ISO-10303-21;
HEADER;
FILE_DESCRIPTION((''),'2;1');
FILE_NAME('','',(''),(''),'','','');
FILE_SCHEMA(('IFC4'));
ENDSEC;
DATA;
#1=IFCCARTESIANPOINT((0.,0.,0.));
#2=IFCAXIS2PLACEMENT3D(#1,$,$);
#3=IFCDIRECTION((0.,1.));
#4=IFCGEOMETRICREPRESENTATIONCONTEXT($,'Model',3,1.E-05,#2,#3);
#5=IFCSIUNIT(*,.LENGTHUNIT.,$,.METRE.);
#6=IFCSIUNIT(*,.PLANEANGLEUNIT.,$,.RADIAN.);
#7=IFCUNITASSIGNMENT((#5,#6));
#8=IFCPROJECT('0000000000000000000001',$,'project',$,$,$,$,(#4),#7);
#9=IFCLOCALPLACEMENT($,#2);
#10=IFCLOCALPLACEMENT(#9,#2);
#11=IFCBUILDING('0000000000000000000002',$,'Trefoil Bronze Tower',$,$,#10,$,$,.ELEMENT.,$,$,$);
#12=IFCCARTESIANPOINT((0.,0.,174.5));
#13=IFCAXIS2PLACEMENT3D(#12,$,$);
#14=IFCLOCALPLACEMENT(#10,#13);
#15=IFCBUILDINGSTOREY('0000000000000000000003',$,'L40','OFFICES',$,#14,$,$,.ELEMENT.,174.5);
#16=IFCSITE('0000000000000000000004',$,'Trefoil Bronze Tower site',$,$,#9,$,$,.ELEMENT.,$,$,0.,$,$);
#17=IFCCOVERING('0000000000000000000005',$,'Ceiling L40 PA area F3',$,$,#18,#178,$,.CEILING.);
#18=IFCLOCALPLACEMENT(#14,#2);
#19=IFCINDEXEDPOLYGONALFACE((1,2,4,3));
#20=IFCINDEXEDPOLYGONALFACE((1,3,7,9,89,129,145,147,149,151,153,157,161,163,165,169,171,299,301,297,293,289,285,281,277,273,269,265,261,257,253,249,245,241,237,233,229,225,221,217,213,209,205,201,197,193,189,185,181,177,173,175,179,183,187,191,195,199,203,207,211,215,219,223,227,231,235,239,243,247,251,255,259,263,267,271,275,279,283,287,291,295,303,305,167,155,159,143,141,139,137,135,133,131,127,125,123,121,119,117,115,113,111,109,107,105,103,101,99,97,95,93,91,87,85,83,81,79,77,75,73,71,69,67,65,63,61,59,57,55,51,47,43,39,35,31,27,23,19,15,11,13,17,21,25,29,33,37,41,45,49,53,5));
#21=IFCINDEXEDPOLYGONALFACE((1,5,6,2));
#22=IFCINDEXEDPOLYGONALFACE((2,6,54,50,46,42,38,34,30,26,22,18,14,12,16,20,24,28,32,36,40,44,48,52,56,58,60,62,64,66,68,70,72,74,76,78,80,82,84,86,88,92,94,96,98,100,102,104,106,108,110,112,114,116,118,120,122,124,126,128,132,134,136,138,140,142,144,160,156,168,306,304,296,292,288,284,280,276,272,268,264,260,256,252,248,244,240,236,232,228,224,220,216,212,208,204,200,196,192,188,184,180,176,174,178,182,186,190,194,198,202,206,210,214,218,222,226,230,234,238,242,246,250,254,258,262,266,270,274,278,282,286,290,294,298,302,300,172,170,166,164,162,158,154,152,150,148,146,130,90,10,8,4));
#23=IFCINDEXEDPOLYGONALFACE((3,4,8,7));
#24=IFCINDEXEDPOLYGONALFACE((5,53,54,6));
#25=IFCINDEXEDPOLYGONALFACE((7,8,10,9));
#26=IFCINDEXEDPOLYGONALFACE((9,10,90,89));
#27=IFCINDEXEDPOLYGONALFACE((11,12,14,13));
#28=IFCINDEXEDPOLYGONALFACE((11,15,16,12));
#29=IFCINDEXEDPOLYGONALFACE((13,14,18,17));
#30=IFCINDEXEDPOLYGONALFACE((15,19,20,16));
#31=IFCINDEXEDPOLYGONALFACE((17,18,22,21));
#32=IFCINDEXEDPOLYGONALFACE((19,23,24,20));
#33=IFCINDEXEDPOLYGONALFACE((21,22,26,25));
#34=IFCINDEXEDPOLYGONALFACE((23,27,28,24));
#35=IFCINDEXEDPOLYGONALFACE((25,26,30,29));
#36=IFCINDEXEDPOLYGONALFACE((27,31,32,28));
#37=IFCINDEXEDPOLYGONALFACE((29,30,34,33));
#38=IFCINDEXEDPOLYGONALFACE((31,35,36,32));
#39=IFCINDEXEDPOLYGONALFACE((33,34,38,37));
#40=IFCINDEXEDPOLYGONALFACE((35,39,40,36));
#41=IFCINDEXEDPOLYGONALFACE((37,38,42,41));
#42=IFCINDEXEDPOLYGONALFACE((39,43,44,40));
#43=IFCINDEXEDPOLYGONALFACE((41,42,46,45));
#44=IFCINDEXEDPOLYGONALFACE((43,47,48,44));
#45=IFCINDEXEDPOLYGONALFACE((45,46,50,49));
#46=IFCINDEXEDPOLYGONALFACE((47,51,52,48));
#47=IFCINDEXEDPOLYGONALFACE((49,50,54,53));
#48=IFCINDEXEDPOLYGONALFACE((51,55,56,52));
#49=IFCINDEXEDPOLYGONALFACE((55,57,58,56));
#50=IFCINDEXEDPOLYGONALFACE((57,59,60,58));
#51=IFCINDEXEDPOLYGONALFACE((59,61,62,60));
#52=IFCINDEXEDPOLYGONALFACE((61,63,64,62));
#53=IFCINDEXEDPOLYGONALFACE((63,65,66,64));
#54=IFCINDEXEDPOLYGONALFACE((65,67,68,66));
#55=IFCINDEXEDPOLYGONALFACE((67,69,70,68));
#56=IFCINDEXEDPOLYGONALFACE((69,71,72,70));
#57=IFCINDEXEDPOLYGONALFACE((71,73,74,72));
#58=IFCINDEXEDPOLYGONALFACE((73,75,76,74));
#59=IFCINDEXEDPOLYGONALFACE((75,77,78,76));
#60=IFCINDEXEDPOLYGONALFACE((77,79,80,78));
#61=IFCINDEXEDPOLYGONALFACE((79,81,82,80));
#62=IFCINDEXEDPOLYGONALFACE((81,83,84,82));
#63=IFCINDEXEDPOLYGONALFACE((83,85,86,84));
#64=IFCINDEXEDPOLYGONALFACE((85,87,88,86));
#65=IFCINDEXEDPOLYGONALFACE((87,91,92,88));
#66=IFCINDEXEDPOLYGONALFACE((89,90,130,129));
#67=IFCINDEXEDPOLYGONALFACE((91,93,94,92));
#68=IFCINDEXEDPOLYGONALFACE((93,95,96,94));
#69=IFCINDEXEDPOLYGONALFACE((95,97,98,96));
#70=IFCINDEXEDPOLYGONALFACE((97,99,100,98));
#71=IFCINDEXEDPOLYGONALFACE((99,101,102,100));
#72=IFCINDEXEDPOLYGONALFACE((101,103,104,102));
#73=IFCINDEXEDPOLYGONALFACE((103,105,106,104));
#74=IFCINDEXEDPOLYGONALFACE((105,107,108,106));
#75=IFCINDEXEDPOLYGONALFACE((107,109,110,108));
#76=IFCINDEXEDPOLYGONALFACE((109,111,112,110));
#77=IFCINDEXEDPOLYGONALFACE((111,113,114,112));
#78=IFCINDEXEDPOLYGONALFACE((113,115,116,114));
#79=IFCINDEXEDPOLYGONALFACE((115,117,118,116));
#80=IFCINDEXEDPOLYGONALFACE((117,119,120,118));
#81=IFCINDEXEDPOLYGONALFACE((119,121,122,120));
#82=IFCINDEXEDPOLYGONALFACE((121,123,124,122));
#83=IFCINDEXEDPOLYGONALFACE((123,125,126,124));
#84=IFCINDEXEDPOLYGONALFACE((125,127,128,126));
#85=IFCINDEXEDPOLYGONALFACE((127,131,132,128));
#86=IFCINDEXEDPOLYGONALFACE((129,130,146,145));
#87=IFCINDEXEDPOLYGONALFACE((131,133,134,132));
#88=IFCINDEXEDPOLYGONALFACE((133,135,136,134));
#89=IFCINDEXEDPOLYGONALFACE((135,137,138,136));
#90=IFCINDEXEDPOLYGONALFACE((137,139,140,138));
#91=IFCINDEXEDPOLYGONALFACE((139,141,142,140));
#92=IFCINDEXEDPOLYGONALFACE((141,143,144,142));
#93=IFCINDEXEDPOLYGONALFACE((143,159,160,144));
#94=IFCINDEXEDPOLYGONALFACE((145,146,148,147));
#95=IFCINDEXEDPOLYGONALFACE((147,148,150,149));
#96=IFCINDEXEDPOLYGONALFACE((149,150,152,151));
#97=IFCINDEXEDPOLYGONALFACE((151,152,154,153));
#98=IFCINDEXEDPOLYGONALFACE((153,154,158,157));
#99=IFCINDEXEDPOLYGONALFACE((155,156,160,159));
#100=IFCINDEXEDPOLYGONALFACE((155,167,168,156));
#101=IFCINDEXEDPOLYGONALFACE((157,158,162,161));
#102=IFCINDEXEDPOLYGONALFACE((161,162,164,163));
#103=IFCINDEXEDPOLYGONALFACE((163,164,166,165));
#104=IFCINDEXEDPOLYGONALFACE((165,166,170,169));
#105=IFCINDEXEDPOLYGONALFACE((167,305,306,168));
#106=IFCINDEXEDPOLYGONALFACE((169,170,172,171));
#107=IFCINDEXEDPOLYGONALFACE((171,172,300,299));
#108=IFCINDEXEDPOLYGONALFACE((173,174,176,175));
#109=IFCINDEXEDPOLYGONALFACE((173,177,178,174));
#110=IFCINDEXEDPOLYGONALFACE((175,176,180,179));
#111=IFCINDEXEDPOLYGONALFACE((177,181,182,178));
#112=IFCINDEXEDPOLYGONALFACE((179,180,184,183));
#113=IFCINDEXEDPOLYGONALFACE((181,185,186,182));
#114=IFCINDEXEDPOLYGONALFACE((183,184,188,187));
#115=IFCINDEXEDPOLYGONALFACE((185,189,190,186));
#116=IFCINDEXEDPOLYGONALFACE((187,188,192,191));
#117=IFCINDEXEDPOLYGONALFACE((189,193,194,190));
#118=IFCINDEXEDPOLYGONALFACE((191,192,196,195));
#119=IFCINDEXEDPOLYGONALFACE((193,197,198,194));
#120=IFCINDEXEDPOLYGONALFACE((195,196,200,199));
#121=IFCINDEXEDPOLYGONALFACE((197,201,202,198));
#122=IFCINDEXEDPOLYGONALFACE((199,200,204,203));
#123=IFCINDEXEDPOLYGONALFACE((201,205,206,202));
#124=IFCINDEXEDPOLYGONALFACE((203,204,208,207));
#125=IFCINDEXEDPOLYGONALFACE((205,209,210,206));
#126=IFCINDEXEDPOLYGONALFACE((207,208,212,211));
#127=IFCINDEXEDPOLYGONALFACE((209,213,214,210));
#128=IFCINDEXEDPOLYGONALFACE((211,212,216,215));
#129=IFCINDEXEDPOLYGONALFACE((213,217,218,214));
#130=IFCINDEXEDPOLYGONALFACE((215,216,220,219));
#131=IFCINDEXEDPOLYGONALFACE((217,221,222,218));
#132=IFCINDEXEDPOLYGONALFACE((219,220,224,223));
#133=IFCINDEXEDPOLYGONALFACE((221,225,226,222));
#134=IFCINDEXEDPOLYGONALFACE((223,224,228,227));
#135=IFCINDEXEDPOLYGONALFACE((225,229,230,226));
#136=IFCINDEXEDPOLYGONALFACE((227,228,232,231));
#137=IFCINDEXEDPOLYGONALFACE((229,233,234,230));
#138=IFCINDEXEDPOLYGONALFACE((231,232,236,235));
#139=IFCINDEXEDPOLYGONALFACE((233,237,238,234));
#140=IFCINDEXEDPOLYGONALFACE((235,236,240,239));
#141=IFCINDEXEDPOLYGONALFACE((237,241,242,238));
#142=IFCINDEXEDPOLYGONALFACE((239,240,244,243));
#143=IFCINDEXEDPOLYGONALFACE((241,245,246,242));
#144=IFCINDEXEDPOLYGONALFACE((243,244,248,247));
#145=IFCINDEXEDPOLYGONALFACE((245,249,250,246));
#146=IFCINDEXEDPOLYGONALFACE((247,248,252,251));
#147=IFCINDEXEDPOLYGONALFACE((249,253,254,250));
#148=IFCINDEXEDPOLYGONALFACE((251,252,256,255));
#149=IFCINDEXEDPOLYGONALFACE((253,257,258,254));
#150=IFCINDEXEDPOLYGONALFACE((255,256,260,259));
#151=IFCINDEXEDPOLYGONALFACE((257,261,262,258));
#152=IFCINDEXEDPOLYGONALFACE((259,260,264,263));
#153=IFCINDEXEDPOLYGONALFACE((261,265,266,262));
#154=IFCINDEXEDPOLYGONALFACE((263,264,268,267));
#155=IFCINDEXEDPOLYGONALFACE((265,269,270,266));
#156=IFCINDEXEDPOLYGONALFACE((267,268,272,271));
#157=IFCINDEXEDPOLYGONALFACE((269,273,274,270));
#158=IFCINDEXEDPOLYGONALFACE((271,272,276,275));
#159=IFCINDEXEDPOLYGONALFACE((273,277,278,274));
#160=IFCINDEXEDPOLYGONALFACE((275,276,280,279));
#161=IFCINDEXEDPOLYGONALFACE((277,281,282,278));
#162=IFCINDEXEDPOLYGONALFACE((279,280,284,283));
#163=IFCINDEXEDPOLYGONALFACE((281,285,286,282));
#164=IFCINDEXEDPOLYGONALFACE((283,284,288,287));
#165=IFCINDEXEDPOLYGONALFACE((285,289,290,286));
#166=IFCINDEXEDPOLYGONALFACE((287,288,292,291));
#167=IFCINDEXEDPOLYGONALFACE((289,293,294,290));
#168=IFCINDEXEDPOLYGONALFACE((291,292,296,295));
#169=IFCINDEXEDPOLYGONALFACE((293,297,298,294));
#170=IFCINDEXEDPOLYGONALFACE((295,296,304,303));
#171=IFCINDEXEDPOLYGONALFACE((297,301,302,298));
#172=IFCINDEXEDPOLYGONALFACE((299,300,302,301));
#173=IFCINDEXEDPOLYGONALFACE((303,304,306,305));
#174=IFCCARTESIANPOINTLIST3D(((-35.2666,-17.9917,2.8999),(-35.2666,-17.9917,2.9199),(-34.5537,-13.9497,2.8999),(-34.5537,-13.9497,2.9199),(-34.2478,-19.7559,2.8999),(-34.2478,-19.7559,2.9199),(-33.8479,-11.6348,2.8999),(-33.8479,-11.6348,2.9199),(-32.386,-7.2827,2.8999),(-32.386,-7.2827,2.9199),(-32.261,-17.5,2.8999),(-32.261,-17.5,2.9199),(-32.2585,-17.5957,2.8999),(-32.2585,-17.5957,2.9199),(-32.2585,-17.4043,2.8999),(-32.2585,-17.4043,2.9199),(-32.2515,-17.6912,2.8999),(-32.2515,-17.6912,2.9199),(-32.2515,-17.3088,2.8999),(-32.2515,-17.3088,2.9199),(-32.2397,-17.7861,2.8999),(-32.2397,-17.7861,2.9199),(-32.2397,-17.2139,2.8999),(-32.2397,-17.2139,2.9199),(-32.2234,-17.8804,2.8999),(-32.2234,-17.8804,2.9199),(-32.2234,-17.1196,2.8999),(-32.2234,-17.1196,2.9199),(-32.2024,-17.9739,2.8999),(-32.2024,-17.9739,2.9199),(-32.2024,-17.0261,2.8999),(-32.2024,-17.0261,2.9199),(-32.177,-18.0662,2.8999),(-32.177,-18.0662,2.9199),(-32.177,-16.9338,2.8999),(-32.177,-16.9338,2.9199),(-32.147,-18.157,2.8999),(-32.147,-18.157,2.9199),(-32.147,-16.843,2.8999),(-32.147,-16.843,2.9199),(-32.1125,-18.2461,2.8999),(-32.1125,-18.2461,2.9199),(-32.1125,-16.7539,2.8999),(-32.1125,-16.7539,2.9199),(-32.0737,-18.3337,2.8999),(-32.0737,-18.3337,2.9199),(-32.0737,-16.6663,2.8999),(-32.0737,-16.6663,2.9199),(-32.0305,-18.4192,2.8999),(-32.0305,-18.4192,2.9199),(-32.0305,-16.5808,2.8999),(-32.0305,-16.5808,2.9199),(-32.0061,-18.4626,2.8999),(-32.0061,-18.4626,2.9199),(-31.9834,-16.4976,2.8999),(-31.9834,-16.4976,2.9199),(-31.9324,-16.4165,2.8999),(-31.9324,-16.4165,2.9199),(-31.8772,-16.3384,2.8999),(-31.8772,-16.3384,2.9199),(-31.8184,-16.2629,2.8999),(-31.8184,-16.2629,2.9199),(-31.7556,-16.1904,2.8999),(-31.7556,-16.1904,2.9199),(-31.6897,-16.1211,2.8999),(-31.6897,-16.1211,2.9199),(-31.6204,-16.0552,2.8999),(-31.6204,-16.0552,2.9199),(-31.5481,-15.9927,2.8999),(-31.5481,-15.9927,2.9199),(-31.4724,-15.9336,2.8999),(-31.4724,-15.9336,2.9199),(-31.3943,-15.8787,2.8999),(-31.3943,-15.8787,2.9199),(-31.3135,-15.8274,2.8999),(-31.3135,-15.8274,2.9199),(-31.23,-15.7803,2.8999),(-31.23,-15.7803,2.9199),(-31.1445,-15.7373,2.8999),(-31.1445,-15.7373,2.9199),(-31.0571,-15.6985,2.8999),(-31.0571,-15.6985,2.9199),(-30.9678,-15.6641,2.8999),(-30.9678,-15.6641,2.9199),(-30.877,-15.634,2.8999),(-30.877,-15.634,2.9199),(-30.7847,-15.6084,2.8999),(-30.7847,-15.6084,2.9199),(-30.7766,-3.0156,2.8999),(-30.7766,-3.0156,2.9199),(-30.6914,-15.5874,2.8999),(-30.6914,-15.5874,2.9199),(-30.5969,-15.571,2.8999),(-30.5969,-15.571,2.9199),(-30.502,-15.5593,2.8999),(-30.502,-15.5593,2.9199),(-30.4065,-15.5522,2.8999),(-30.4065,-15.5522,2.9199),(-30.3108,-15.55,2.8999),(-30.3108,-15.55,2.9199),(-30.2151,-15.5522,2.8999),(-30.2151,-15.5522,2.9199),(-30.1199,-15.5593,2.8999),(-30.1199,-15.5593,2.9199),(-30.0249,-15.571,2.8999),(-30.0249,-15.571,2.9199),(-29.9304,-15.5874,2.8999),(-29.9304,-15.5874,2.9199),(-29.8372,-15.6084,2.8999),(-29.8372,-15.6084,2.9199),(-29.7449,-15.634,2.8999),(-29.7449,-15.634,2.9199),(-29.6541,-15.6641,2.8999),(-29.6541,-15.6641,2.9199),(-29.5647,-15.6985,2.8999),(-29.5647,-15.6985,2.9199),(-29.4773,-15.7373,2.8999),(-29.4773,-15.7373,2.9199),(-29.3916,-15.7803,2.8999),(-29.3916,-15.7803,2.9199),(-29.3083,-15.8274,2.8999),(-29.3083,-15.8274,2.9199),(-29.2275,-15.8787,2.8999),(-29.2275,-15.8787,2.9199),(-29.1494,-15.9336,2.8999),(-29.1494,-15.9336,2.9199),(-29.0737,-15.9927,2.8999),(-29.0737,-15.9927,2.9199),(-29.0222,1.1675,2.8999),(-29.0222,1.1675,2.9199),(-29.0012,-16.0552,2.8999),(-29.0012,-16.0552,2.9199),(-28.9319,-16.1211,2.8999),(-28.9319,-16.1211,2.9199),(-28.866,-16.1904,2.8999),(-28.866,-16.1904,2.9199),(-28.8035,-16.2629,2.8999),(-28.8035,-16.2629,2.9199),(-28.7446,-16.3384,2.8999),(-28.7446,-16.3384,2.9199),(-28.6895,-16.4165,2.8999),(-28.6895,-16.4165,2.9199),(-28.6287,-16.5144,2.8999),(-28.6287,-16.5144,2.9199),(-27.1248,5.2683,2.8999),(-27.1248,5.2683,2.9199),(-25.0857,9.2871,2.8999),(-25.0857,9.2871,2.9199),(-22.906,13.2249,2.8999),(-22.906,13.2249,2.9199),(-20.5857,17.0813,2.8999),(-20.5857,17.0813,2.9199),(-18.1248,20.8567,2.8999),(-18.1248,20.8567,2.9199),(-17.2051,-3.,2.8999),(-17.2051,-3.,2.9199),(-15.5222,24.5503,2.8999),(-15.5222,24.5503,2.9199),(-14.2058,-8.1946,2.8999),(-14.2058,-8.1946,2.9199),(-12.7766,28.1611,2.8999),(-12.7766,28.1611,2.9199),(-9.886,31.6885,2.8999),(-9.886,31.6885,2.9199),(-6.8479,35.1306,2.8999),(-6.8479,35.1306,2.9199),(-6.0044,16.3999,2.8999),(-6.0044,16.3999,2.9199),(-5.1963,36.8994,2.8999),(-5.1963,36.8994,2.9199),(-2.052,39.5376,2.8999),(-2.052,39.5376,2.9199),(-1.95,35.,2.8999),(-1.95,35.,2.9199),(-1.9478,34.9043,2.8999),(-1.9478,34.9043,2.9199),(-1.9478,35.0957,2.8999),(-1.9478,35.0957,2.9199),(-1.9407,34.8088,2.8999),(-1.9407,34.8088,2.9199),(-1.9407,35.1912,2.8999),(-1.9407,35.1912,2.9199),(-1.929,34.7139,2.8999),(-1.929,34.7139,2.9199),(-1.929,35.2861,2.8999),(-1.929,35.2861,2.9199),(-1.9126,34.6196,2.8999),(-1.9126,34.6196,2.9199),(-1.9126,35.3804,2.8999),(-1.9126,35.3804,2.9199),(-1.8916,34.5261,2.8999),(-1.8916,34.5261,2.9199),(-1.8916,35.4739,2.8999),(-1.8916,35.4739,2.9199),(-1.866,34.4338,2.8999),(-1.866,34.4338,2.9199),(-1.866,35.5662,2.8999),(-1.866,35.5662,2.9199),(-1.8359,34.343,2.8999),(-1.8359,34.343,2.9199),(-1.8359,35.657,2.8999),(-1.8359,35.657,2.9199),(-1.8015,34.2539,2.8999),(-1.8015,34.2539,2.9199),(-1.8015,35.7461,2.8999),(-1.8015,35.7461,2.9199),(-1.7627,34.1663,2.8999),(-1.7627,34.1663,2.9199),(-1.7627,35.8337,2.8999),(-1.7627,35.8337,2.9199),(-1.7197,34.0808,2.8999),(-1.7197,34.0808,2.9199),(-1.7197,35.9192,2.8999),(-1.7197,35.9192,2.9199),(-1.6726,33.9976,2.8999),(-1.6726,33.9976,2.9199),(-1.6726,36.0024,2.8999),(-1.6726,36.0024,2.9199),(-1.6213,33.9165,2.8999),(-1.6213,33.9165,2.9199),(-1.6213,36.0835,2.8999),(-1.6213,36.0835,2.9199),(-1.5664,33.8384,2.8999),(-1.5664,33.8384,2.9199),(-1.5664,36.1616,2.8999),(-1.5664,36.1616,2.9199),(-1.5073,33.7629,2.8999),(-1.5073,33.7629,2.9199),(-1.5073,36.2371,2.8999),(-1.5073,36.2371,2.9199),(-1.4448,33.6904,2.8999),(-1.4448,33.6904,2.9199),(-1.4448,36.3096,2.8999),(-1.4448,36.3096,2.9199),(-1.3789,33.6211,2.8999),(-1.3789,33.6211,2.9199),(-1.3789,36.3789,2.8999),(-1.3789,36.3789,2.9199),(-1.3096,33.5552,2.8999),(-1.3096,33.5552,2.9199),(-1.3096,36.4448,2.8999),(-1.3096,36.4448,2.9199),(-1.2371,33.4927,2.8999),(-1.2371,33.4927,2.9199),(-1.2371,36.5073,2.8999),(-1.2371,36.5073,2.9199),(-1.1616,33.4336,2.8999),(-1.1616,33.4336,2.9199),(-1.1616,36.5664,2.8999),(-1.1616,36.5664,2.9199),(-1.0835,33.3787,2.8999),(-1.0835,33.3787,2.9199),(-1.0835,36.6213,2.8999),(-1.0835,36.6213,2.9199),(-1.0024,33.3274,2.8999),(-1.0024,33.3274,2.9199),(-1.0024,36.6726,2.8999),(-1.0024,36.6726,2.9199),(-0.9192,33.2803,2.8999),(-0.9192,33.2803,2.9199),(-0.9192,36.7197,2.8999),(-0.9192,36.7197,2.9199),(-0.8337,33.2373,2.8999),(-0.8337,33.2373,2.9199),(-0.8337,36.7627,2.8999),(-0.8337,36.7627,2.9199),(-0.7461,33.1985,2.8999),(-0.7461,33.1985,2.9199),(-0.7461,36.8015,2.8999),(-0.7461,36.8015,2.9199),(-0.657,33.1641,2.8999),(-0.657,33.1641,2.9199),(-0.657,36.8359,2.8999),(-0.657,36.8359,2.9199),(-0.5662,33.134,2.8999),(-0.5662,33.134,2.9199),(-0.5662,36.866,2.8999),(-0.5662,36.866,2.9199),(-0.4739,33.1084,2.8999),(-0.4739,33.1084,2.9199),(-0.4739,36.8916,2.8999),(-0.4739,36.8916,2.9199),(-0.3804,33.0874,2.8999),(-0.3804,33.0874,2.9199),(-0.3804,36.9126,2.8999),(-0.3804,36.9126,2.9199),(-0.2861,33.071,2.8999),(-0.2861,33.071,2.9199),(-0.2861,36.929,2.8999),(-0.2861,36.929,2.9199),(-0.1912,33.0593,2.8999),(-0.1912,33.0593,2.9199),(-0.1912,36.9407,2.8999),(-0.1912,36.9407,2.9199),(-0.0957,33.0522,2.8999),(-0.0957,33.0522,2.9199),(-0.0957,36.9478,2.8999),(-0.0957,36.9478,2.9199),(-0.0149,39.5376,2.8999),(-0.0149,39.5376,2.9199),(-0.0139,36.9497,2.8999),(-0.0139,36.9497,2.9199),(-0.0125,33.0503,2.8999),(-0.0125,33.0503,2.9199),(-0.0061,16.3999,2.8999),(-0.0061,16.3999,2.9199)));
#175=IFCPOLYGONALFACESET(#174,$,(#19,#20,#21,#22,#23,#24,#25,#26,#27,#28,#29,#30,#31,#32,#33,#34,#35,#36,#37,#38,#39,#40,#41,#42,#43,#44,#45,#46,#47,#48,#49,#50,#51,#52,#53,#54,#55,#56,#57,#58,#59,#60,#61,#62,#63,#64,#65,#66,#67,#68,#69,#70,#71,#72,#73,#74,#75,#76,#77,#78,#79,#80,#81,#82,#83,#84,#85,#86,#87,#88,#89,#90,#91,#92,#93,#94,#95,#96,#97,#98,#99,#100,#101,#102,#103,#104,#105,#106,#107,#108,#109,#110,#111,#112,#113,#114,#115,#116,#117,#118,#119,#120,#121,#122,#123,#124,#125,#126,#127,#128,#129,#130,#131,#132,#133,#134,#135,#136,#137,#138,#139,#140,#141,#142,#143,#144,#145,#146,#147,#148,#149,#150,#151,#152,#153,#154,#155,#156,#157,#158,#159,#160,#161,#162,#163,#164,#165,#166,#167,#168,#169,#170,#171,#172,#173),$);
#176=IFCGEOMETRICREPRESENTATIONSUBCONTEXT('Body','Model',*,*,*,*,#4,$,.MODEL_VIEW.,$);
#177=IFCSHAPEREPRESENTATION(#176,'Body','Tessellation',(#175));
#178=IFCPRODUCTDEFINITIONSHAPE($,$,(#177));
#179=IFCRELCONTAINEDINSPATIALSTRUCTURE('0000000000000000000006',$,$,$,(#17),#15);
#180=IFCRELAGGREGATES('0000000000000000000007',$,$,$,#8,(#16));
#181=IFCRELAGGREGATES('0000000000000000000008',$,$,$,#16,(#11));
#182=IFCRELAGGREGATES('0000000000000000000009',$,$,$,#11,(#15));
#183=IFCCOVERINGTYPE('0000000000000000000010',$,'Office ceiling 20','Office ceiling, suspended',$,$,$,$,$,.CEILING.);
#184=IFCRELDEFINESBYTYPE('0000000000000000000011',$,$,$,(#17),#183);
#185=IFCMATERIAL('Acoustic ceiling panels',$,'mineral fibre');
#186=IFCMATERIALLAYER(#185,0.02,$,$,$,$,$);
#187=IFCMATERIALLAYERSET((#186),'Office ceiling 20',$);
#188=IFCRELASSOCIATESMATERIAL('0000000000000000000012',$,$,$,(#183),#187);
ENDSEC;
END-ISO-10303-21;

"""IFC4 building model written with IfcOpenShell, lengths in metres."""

from ifc_helpers import new_model, si_unit, direction, frame, origin, place, context, subcontext, project, spatial, polyline, outline, extrude, material, layer, layer_set, type_object, element, save


model = new_model("IFC4")

# Units and contexts
model_context = context("Model", 3, precision=1e-05, world=origin(), true_north=direction((0.0, 1.0)))
body_context = subcontext(model_context, "Body", "Model", "MODEL_VIEW")
ifc_project = project(units=[si_unit("LENGTHUNIT", "METRE"), si_unit("PLANEANGLEUNIT", "RADIAN")], contexts=[model_context])

# Site, building, storey
site_placement = place(None, origin())
site = spatial("IfcSite", under=ifc_project, at=site_placement, Name="Trefoil Bronze Tower site", CompositionType="ELEMENT", RefElevation=0.0)
building_placement = place(site_placement, origin())
building = spatial("IfcBuilding", under=site, at=building_placement, Name="Trefoil Bronze Tower", CompositionType="ELEMENT")
storey_placement = place(building_placement, frame((0.0, 0.0, 174.5)))
storey = spatial("IfcBuildingStorey", under=building, at=storey_placement, Name="L40", Description="OFFICES", CompositionType="ELEMENT", Elevation=174.5)

# Covering
ifc_material_1 = material(Name="Acoustic ceiling panels", Category="mineral fibre")
ifc_layer_1 = layer(ifc_material_1, 0.02)
ifc_layer_set_1 = layer_set([ifc_layer_1], Name="Office ceiling 20")
covering_type_1 = type_object("IfcCoveringType", Name="Office ceiling 20", Description="Office ceiling, suspended", PredefinedType="CEILING", material=ifc_layer_set_1)
covering_1_placement = place(storey_placement, frame((0.0, 0.0, 2.8999)))
element("IfcCovering", 1, at=covering_1_placement, inside=storey, type_object=covering_type_1, Name="Ceiling L40 PA area F3", PredefinedType="CEILING", context=body_context, shape_type="SweptSolid", body=[
    extrude(outline(polyline([(-33.8479, -11.6348), (-32.386, -7.2827), (-30.7766, -3.0156), (-29.0222, 1.1675), (-27.1248, 5.2683), (-25.0857, 9.2871), (-22.906, 13.2249), (-20.5857, 17.0813), (-18.1248, 20.8567), (-15.5222, 24.5503), (-12.7766, 28.1611), (-9.886, 31.6885), (-6.8479, 35.1306), (-5.1963, 36.8994), (-2.052, 39.5376), (-0.0149, 39.5376), (-0.0139, 36.9497), (-0.0957, 36.9478), (-0.1912, 36.9407), (-0.2861, 36.929), (-0.3804, 36.9126), (-0.4739, 36.8916), (-0.5662, 36.866), (-0.657, 36.8359), (-0.7461, 36.8015), (-0.8337, 36.7627), (-0.9192, 36.7197), (-1.0024, 36.6726), (-1.0835, 36.6213), (-1.1616, 36.5664), (-1.2371, 36.5073), (-1.3096, 36.4448), (-1.3789, 36.3789), (-1.4448, 36.3096), (-1.5073, 36.2371), (-1.5664, 36.1616), (-1.6213, 36.0835), (-1.6726, 36.0024), (-1.7197, 35.9192), (-1.7627, 35.8337), (-1.8015, 35.7461), (-1.8359, 35.657), (-1.866, 35.5662), (-1.8916, 35.4739), (-1.9126, 35.3804), (-1.929, 35.2861), (-1.9407, 35.1912), (-1.9478, 35.0957), (-1.95, 35.0), (-1.9478, 34.9043), (-1.9407, 34.8088), (-1.929, 34.7139), (-1.9126, 34.6196), (-1.8916, 34.5261), (-1.866, 34.4338), (-1.8359, 34.343), (-1.8015, 34.2539), (-1.7627, 34.1663), (-1.7197, 34.0808), (-1.6726, 33.9976), (-1.6213, 33.9165), (-1.5664, 33.8384), (-1.5073, 33.7629), (-1.4448, 33.6904), (-1.3789, 33.6211), (-1.3096, 33.5552), (-1.2371, 33.4927), (-1.1616, 33.4336), (-1.0835, 33.3787), (-1.0024, 33.3274), (-0.9192, 33.2803), (-0.8337, 33.2373), (-0.7461, 33.1985), (-0.657, 33.1641), (-0.5662, 33.134), (-0.4739, 33.1084), (-0.3804, 33.0874), (-0.2861, 33.071), (-0.1912, 33.0593), (-0.0957, 33.0522), (-0.0125, 33.0503), (-0.0061, 16.3999), (-6.0044, 16.3999), (-17.2051, -3.0), (-14.2058, -8.1946), (-28.6287, -16.5144), (-28.6895, -16.4165), (-28.7446, -16.3384), (-28.8035, -16.2629), (-28.866, -16.1904), (-28.9319, -16.1211), (-29.0012, -16.0552), (-29.0737, -15.9927), (-29.1494, -15.9336), (-29.2275, -15.8787), (-29.3083, -15.8274), (-29.3916, -15.7803), (-29.4773, -15.7373), (-29.5647, -15.6985), (-29.6541, -15.6641), (-29.7449, -15.634), (-29.8372, -15.6084), (-29.9304, -15.5874), (-30.0249, -15.571), (-30.1199, -15.5593), (-30.2151, -15.5522), (-30.3108, -15.55), (-30.4065, -15.5522), (-30.502, -15.5593), (-30.5969, -15.571), (-30.6914, -15.5874), (-30.7847, -15.6084), (-30.877, -15.634), (-30.9678, -15.6641), (-31.0571, -15.6985), (-31.1445, -15.7373), (-31.23, -15.7803), (-31.3135, -15.8274), (-31.3943, -15.8787), (-31.4724, -15.9336), (-31.5481, -15.9927), (-31.6204, -16.0552), (-31.6897, -16.1211), (-31.7556, -16.1904), (-31.8184, -16.2629), (-31.8772, -16.3384), (-31.9324, -16.4165), (-31.9834, -16.4976), (-32.0305, -16.5808), (-32.0737, -16.6663), (-32.1125, -16.7539), (-32.147, -16.843), (-32.177, -16.9338), (-32.2024, -17.0261), (-32.2234, -17.1196), (-32.2397, -17.2139), (-32.2515, -17.3088), (-32.2585, -17.4043), (-32.261, -17.5), (-32.2585, -17.5957), (-32.2515, -17.6912), (-32.2397, -17.7861), (-32.2234, -17.8804), (-32.2024, -17.9739), (-32.177, -18.0662), (-32.147, -18.157), (-32.1125, -18.2461), (-32.0737, -18.3337), (-32.0305, -18.4192), (-32.0061, -18.4626), (-34.2478, -19.7559), (-35.2666, -17.9917), (-34.5537, -13.9497), (-33.8479, -11.6348)])), origin(), (0.0, 0.0, 1.0), 0.02),
])

save(model, "model.ifc")
